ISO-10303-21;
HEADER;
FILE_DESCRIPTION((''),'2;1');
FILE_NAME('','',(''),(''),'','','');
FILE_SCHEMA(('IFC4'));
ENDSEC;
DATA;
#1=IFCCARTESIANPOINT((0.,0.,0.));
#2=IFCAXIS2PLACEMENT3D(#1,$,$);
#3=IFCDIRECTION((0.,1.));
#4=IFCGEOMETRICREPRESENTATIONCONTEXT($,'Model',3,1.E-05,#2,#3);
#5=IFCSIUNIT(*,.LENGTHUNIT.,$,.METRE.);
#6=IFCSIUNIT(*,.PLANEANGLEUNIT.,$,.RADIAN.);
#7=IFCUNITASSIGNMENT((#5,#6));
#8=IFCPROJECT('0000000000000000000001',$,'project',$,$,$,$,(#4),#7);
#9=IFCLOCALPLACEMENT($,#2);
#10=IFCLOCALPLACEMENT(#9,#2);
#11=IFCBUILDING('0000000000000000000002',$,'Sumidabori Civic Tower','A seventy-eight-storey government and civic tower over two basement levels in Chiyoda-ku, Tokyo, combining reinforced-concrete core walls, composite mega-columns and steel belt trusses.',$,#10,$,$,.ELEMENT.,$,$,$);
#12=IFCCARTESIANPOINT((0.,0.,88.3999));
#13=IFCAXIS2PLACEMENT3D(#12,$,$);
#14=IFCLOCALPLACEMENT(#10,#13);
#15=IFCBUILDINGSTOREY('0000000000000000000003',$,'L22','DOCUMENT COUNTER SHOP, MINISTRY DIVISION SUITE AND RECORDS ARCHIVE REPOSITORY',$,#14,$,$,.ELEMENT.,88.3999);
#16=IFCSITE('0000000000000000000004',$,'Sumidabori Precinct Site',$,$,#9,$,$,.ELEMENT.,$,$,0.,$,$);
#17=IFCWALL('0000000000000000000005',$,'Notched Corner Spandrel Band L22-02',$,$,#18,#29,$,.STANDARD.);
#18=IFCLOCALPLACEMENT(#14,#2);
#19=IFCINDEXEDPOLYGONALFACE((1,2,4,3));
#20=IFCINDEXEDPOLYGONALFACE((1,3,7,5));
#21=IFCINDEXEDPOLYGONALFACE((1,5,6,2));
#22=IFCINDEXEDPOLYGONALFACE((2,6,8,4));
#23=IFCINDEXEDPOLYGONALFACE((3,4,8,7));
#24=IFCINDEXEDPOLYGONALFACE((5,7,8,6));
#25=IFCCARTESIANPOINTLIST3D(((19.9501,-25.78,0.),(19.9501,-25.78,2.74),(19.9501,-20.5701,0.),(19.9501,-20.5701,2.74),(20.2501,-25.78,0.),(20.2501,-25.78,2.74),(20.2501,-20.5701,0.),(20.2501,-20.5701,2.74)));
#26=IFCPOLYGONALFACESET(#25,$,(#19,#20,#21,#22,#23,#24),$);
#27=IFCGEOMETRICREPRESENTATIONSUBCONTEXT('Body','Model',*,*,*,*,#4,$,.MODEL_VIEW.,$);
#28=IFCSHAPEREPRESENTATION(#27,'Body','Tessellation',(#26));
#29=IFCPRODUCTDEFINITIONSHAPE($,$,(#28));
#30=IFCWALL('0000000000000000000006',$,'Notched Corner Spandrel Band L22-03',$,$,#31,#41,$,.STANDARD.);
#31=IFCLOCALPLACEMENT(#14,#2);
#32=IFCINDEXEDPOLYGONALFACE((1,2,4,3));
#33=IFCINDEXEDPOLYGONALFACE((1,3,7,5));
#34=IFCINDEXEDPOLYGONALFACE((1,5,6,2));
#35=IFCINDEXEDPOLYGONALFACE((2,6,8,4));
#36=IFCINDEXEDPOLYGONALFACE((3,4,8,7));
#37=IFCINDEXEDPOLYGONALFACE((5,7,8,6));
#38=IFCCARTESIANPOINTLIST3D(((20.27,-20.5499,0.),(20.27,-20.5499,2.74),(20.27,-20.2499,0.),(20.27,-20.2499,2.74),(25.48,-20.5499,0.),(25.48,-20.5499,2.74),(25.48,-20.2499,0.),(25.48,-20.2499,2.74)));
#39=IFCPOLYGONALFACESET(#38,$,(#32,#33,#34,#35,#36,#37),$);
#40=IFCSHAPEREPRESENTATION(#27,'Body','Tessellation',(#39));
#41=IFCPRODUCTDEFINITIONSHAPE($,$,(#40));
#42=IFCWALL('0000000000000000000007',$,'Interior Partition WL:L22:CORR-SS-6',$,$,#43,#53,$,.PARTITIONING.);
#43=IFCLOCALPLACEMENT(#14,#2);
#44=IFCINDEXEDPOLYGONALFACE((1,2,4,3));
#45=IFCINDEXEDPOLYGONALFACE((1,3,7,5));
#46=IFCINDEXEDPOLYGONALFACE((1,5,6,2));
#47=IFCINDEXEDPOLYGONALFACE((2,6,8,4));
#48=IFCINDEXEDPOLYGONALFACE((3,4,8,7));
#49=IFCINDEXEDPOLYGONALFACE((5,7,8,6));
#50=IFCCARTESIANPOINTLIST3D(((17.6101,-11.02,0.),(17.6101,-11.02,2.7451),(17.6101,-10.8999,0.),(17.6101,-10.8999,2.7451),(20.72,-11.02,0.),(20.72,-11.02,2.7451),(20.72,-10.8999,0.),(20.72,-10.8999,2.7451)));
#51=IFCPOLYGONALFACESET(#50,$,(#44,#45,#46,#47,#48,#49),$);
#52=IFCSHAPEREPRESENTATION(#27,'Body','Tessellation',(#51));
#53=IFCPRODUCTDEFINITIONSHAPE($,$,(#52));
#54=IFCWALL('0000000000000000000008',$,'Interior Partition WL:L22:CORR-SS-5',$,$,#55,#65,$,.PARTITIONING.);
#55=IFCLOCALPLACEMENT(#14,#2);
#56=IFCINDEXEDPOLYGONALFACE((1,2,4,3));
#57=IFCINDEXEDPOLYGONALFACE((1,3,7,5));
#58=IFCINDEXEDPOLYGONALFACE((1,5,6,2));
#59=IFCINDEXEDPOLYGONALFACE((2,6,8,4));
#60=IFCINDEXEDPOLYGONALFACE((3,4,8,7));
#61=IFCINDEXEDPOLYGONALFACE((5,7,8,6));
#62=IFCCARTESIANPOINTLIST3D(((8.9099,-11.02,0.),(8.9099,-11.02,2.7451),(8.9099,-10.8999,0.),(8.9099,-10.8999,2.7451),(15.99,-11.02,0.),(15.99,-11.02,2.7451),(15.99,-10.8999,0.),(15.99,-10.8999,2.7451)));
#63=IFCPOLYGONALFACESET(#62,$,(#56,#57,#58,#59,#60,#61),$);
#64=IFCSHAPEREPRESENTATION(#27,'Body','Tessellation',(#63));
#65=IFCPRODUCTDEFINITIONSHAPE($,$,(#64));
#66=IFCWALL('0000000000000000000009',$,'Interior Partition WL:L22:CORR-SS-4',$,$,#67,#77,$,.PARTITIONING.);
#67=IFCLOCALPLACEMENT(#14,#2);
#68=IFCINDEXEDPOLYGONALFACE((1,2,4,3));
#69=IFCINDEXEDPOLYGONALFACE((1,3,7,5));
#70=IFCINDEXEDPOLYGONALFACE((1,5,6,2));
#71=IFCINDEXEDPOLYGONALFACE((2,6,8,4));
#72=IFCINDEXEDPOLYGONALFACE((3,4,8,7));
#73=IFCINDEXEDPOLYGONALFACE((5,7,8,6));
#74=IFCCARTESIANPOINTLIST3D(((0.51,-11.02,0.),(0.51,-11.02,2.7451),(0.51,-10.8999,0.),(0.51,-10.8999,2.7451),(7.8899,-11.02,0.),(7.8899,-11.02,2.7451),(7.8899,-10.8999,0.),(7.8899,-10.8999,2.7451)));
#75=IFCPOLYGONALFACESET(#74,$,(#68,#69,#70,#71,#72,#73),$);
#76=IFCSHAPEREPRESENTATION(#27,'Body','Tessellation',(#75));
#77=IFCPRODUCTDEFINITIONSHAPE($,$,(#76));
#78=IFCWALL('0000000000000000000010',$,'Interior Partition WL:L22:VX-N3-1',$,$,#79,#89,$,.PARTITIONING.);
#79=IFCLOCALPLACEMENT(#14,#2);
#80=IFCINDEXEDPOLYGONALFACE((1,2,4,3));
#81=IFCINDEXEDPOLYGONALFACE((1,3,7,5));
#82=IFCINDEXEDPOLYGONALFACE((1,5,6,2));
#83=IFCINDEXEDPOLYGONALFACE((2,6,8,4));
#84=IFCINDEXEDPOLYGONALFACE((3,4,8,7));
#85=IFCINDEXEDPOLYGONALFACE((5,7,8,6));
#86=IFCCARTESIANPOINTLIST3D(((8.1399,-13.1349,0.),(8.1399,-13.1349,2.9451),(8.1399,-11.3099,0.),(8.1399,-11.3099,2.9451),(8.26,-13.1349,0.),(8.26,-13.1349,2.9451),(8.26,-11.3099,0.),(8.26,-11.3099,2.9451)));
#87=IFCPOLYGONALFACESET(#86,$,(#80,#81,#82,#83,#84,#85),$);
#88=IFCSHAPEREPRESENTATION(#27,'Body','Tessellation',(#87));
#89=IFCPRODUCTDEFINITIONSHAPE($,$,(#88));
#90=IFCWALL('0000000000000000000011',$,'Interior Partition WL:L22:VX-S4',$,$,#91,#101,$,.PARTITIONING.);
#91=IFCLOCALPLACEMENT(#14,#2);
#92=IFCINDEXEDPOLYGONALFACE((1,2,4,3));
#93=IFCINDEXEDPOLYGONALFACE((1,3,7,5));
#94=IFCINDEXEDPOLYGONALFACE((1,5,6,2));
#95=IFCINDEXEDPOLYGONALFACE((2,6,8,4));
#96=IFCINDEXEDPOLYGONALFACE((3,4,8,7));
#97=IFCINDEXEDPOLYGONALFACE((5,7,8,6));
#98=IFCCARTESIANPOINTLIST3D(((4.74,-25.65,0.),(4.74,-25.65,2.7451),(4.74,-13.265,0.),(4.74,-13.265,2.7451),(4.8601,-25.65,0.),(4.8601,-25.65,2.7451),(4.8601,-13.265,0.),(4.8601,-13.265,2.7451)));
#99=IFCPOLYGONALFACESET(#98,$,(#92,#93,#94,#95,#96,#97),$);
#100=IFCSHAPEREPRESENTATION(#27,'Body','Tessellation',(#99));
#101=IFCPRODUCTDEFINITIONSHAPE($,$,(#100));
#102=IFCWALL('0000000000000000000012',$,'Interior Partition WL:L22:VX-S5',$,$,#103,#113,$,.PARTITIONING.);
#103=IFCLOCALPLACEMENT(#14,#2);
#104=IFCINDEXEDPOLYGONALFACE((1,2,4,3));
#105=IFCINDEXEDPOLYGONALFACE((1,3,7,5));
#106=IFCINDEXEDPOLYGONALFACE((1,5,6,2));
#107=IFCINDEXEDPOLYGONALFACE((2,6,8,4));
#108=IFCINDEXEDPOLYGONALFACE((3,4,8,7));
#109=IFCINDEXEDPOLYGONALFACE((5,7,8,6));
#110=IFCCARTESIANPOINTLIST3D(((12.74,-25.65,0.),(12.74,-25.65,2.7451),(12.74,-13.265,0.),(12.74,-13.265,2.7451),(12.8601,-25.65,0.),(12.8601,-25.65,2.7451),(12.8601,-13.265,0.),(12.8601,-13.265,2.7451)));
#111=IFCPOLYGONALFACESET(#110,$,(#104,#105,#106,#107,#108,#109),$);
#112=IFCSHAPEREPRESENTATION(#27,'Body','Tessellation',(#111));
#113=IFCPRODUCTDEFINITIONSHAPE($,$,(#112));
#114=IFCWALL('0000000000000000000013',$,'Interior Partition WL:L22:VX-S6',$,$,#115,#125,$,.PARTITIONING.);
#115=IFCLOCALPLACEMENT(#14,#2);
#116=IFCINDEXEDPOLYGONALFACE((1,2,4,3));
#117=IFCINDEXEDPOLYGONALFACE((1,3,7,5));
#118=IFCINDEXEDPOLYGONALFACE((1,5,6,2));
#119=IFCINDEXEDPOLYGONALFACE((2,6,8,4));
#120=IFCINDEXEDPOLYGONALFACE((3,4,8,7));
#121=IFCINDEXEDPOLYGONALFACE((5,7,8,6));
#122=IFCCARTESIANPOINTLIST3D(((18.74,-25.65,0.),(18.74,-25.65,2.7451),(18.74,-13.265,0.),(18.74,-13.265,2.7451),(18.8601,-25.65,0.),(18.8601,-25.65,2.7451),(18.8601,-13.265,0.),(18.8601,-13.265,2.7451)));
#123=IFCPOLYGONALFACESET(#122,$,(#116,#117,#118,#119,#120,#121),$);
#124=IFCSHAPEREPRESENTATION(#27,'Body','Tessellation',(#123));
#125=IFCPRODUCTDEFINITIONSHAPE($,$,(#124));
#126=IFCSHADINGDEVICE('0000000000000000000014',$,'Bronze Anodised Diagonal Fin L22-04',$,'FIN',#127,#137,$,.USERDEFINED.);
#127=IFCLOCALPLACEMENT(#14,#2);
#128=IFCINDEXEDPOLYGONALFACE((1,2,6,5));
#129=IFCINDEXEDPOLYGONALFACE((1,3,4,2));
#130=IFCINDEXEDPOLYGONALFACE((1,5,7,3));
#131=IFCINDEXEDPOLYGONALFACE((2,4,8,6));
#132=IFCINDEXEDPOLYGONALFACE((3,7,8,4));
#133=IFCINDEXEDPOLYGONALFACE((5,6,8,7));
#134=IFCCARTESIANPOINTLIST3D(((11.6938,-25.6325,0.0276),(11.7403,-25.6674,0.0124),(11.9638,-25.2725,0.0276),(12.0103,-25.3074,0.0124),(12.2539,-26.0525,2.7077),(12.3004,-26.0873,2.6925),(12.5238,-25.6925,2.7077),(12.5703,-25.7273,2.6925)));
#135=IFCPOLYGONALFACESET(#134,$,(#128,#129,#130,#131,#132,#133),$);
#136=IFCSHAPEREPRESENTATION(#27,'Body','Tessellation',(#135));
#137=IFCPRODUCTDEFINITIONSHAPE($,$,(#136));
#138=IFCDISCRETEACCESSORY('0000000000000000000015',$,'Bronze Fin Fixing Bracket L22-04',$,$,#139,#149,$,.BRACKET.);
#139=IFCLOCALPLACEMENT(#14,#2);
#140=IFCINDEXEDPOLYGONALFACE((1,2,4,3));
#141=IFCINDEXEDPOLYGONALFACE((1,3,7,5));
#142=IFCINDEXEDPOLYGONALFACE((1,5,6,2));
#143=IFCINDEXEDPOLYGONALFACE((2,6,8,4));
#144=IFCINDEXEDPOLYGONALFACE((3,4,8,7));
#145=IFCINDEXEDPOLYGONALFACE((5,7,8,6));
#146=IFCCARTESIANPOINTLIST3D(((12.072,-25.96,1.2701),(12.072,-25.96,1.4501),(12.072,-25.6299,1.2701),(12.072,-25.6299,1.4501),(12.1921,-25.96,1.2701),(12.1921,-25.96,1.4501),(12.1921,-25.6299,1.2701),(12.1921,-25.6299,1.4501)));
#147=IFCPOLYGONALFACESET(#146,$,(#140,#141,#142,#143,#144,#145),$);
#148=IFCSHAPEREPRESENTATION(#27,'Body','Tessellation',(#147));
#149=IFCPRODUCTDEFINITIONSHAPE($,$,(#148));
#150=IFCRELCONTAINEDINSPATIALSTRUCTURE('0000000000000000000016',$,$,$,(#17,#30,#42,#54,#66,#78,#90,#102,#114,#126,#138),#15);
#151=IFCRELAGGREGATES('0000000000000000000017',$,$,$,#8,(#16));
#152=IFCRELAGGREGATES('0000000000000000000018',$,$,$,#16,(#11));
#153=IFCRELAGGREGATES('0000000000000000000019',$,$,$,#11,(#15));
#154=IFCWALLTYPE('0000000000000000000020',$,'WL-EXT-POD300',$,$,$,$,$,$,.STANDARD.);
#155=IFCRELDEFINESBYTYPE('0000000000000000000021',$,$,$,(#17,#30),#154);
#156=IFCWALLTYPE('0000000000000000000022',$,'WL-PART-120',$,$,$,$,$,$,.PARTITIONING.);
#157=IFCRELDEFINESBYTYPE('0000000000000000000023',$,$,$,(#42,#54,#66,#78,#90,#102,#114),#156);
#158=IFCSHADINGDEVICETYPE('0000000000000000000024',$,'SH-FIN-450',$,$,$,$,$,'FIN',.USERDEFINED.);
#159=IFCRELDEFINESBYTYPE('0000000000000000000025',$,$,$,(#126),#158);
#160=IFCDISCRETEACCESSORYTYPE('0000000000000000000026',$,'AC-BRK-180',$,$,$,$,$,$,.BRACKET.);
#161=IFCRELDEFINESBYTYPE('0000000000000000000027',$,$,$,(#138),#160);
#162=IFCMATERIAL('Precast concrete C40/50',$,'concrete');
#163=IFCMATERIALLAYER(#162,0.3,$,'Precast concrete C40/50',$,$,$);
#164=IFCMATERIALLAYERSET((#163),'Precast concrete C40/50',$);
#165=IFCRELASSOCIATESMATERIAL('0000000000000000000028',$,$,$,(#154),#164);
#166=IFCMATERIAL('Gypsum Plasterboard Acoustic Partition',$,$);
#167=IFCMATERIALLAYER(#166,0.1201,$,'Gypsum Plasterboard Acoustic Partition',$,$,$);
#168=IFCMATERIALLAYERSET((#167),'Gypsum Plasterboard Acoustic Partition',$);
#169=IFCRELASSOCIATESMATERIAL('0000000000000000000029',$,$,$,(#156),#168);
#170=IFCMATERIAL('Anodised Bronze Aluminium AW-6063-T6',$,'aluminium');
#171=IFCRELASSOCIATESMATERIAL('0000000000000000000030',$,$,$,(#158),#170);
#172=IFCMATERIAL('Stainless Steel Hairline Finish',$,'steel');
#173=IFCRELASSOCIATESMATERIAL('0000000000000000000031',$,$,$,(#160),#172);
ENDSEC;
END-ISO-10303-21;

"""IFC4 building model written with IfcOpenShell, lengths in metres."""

from ifc_helpers import new_model, si_unit, direction, frame, frame_2d, origin, origin_2d, place, context, subcontext, project, spatial, rectangle, extrude, source, transform, mapped, material, layer, layer_set, material_profile, profile_set, type_object, element, save


model = new_model("IFC4")

# Units and contexts
model_context = context("Model", 3, precision=1e-05, world=origin(), true_north=direction((0.0, 1.0)))
body_context = subcontext(model_context, "Body", "Model", "MODEL_VIEW")
ifc_project = project(units=[si_unit("LENGTHUNIT", "METRE"), si_unit("PLANEANGLEUNIT", "RADIAN")], contexts=[model_context])

# Site, building, storey
site_placement = place(None, origin())
site = spatial("IfcSite", under=ifc_project, at=site_placement, Name="Sumidabori Precinct Site", CompositionType="ELEMENT", RefElevation=0.0)
building_placement = place(site_placement, origin())
building = spatial("IfcBuilding", under=site, at=building_placement, Name="Sumidabori Civic Tower", Description="A seventy-eight-storey government and civic tower over two basement levels in Chiyoda-ku, Tokyo, combining reinforced-concrete core walls, composite mega-columns and steel belt trusses.", CompositionType="ELEMENT")
storey_placement = place(building_placement, frame((0.0, 0.0, 88.3999)))
storey = spatial("IfcBuildingStorey", under=building, at=storey_placement, Name="L22", Description="DOCUMENT COUNTER SHOP, MINISTRY DIVISION SUITE AND RECORDS ARCHIVE REPOSITORY", CompositionType="ELEMENT", Elevation=88.3999)

# Shared definitions
ifc_material_1 = material(Name="Anodised Bronze Aluminium AW-6063-T6", Category="aluminium")

# Walls
ifc_material_2 = material(Name="Precast concrete C40/50", Category="concrete")
ifc_layer_1 = layer(ifc_material_2, 0.3, Name="Precast concrete C40/50")
ifc_layer_set_1 = layer_set([ifc_layer_1], Name="Precast concrete C40/50")
wall_type_1 = type_object("IfcWallType", Name="WL-EXT-POD300", PredefinedType="STANDARD", material=ifc_layer_set_1)
shared_shape_1 = source(origin(), body_context, "Body", "SweptSolid", [
    extrude(rectangle(XDim=5.21, YDim=0.3, at=frame_2d((2.605, 0.0))), origin(), (0.0, 0.0, 1.0), 2.74),
])
for number, where, z_axis, x_axis, name in (
    (1, (20.1001, -25.78, 0.0), (0.0, 0.0, 1.0), (0.0, 1.0, 0.0), "Notched Corner Spandrel Band L22-02"),
    (2, (20.27, -20.3999, 0.0), (0.0, 0.0, 1.0), (1.0, 0.0, 0.0), "Notched Corner Spandrel Band L22-03"),
):
    element("IfcWall", number, at=place(storey_placement, frame(where, z_axis=z_axis, x_axis=x_axis)), inside=storey, type_object=wall_type_1, Name=name, PredefinedType="STANDARD", context=body_context, shape_type="MappedRepresentation", body=[
        mapped(shared_shape_1, transform((0.0, 0.0, 0.0), x_axis=(1.0, 0.0, 0.0), y_axis=(0.0, 1.0, 0.0), z_axis=(0.0, 0.0, 1.0), scale=1.0)),
    ])
ifc_material_3 = material(Name="Gypsum Plasterboard Acoustic Partition")
ifc_layer_2 = layer(ifc_material_3, 0.1201, Name="Gypsum Plasterboard Acoustic Partition")
ifc_layer_set_2 = layer_set([ifc_layer_2], Name="Gypsum Plasterboard Acoustic Partition")
wall_type_2 = type_object("IfcWallType", Name="WL-PART-120", PredefinedType="PARTITIONING", material=ifc_layer_set_2)
shared_shape_2 = source(origin(), body_context, "Body", "SweptSolid", [
    extrude(rectangle(XDim=3.1099, YDim=0.1201, at=frame_2d((1.5549, 0.0))), origin(), (0.0, 0.0, 1.0), 2.7451),
])
wall_1_placement = place(storey_placement, frame((17.6101, -10.96, 0.0), z_axis=(0.0, 0.0, 1.0), x_axis=(1.0, 0.0, 0.0)))
element("IfcWall", 3, at=wall_1_placement, inside=storey, type_object=wall_type_2, Name="Interior Partition WL:L22:CORR-SS-6", PredefinedType="PARTITIONING", context=body_context, shape_type="MappedRepresentation", body=[
    mapped(shared_shape_2, transform((0.0, 0.0, 0.0), x_axis=(1.0, 0.0, 0.0), y_axis=(0.0, 1.0, 0.0), z_axis=(0.0, 0.0, 1.0), scale=1.0)),
])
shared_shape_3 = source(origin(), body_context, "Body", "SweptSolid", [
    extrude(rectangle(XDim=7.0801, YDim=0.1201, at=frame_2d((3.54, 0.0))), origin(), (0.0, 0.0, 1.0), 2.7451),
])
wall_2_placement = place(storey_placement, frame((8.9099, -10.96, 0.0), z_axis=(0.0, 0.0, 1.0), x_axis=(1.0, 0.0, 0.0)))
element("IfcWall", 4, at=wall_2_placement, inside=storey, type_object=wall_type_2, Name="Interior Partition WL:L22:CORR-SS-5", PredefinedType="PARTITIONING", context=body_context, shape_type="MappedRepresentation", body=[
    mapped(shared_shape_3, transform((0.0, 0.0, 0.0), x_axis=(1.0, 0.0, 0.0), y_axis=(0.0, 1.0, 0.0), z_axis=(0.0, 0.0, 1.0), scale=1.0)),
])
shared_shape_4 = source(origin(), body_context, "Body", "SweptSolid", [
    extrude(rectangle(XDim=7.3799, YDim=0.1201, at=frame_2d((3.6899, 0.0))), origin(), (0.0, 0.0, 1.0), 2.7451),
])
wall_3_placement = place(storey_placement, frame((0.51, -10.96, 0.0), z_axis=(0.0, 0.0, 1.0), x_axis=(1.0, 0.0, 0.0)))
element("IfcWall", 5, at=wall_3_placement, inside=storey, type_object=wall_type_2, Name="Interior Partition WL:L22:CORR-SS-4", PredefinedType="PARTITIONING", context=body_context, shape_type="MappedRepresentation", body=[
    mapped(shared_shape_4, transform((0.0, 0.0, 0.0), x_axis=(1.0, 0.0, 0.0), y_axis=(0.0, 1.0, 0.0), z_axis=(0.0, 0.0, 1.0), scale=1.0)),
])
shared_shape_5 = source(origin(), body_context, "Body", "SweptSolid", [
    extrude(rectangle(XDim=1.825, YDim=0.1201, at=frame_2d((0.9126, 0.0))), origin(), (0.0, 0.0, 1.0), 2.9451),
])
wall_4_placement = place(storey_placement, frame((8.2, -13.135, 0.0), z_axis=(0.0, 0.0, 1.0), x_axis=(0.0, 1.0, 0.0)))
element("IfcWall", 6, at=wall_4_placement, inside=storey, type_object=wall_type_2, Name="Interior Partition WL:L22:VX-N3-1", PredefinedType="PARTITIONING", context=body_context, shape_type="MappedRepresentation", body=[
    mapped(shared_shape_5, transform((0.0, 0.0, 0.0), x_axis=(1.0, 0.0, 0.0), y_axis=(0.0, 1.0, 0.0), z_axis=(0.0, 0.0, 1.0), scale=1.0)),
])
shared_shape_6 = source(origin(), body_context, "Body", "SweptSolid", [
    extrude(rectangle(XDim=12.385, YDim=0.1201, at=frame_2d((6.1924, 0.0))), origin(), (0.0, 0.0, 1.0), 2.7451),
])
for number, where, z_axis, x_axis, name in (
    (7, (4.8, -25.6499, 0.0), (0.0, 0.0, 1.0), (0.0, 1.0, 0.0), "Interior Partition WL:L22:VX-S4"),
    (8, (12.8, -25.6499, 0.0), (0.0, 0.0, 1.0), (0.0, 1.0, 0.0), "Interior Partition WL:L22:VX-S5"),
    (9, (18.8, -25.6499, 0.0), (0.0, 0.0, 1.0), (0.0, 1.0, 0.0), "Interior Partition WL:L22:VX-S6"),
):
    element("IfcWall", number, at=place(storey_placement, frame(where, z_axis=z_axis, x_axis=x_axis)), inside=storey, type_object=wall_type_2, Name=name, PredefinedType="PARTITIONING", context=body_context, shape_type="MappedRepresentation", body=[
        mapped(shared_shape_6, transform((0.0, 0.0, 0.0), x_axis=(1.0, 0.0, 0.0), y_axis=(0.0, 1.0, 0.0), z_axis=(0.0, 0.0, 1.0), scale=1.0)),
    ])

# Shading device
ifc_material_profile_1 = material_profile(ifc_material_1, rectangle(XDim=0.0601, YDim=0.45, at=origin_2d()), Name="BRONZE FIN 450x60")
ifc_profile_set_1 = profile_set([ifc_material_profile_1], Name="Anodised Bronze Aluminium AW-6063-T6")
shading_device_type = type_object("IfcShadingDeviceType", Name="SH-FIN-450", ElementType="FIN", PredefinedType="USERDEFINED", material=ifc_profile_set_1)
shared_shape_7 = source(origin(), body_context, "Body", "SweptSolid", [
    extrude(rectangle(XDim=0.0601, YDim=0.45, at=origin_2d()), origin(), (0.0, 0.0, 1.0), 2.77),
])
shading_device_placement = place(storey_placement, frame((11.8521, -25.47, 0.02), z_axis=(0.202181, -0.151592, 0.967545), x_axis=(0.774117, -0.580419, -0.2527)))
element("IfcShadingDevice", 10, at=shading_device_placement, inside=storey, type_object=shading_device_type, Name="Bronze Anodised Diagonal Fin L22-04", ObjectType="FIN", PredefinedType="USERDEFINED", context=body_context, shape_type="MappedRepresentation", body=[
    mapped(shared_shape_7, transform((0.0, 0.0, 0.0), x_axis=(1.0, 0.0, 0.0), y_axis=(0.0, 1.0, 0.0), z_axis=(0.0, 0.0, 1.0), scale=1.0)),
])

# Discrete accessory
ifc_material_4 = material(Name="Stainless Steel Hairline Finish", Category="steel")
ifc_material_profile_2 = material_profile(ifc_material_4, rectangle(XDim=0.1201, YDim=0.1799, at=origin_2d()), Name="STEEL BRACKET 180x120")
ifc_profile_set_2 = profile_set([ifc_material_profile_2], Name="Stainless Steel Hairline Finish")
discrete_accessory_type = type_object("IfcDiscreteAccessoryType", Name="AC-BRK-180", PredefinedType="BRACKET", material=ifc_profile_set_2)
shared_shape_8 = source(origin(), body_context, "Body", "SweptSolid", [
    extrude(rectangle(XDim=0.1201, YDim=0.1799, at=origin_2d()), origin(), (0.0, 0.0, 1.0), 0.3301),
])
discrete_accessory_placement = place(storey_placement, frame((12.1321, -25.6299, 1.3601), z_axis=(0.0, -1.0, 0.0), x_axis=(1.0, 0.0, 0.0)))
element("IfcDiscreteAccessory", 11, at=discrete_accessory_placement, inside=storey, type_object=discrete_accessory_type, Name="Bronze Fin Fixing Bracket L22-04", PredefinedType="BRACKET", context=body_context, shape_type="MappedRepresentation", body=[
    mapped(shared_shape_8, transform((0.0, 0.0, 0.0), x_axis=(1.0, 0.0, 0.0), y_axis=(0.0, 1.0, 0.0), z_axis=(0.0, 0.0, 1.0), scale=1.0)),
])

save(model, "model.ifc")
